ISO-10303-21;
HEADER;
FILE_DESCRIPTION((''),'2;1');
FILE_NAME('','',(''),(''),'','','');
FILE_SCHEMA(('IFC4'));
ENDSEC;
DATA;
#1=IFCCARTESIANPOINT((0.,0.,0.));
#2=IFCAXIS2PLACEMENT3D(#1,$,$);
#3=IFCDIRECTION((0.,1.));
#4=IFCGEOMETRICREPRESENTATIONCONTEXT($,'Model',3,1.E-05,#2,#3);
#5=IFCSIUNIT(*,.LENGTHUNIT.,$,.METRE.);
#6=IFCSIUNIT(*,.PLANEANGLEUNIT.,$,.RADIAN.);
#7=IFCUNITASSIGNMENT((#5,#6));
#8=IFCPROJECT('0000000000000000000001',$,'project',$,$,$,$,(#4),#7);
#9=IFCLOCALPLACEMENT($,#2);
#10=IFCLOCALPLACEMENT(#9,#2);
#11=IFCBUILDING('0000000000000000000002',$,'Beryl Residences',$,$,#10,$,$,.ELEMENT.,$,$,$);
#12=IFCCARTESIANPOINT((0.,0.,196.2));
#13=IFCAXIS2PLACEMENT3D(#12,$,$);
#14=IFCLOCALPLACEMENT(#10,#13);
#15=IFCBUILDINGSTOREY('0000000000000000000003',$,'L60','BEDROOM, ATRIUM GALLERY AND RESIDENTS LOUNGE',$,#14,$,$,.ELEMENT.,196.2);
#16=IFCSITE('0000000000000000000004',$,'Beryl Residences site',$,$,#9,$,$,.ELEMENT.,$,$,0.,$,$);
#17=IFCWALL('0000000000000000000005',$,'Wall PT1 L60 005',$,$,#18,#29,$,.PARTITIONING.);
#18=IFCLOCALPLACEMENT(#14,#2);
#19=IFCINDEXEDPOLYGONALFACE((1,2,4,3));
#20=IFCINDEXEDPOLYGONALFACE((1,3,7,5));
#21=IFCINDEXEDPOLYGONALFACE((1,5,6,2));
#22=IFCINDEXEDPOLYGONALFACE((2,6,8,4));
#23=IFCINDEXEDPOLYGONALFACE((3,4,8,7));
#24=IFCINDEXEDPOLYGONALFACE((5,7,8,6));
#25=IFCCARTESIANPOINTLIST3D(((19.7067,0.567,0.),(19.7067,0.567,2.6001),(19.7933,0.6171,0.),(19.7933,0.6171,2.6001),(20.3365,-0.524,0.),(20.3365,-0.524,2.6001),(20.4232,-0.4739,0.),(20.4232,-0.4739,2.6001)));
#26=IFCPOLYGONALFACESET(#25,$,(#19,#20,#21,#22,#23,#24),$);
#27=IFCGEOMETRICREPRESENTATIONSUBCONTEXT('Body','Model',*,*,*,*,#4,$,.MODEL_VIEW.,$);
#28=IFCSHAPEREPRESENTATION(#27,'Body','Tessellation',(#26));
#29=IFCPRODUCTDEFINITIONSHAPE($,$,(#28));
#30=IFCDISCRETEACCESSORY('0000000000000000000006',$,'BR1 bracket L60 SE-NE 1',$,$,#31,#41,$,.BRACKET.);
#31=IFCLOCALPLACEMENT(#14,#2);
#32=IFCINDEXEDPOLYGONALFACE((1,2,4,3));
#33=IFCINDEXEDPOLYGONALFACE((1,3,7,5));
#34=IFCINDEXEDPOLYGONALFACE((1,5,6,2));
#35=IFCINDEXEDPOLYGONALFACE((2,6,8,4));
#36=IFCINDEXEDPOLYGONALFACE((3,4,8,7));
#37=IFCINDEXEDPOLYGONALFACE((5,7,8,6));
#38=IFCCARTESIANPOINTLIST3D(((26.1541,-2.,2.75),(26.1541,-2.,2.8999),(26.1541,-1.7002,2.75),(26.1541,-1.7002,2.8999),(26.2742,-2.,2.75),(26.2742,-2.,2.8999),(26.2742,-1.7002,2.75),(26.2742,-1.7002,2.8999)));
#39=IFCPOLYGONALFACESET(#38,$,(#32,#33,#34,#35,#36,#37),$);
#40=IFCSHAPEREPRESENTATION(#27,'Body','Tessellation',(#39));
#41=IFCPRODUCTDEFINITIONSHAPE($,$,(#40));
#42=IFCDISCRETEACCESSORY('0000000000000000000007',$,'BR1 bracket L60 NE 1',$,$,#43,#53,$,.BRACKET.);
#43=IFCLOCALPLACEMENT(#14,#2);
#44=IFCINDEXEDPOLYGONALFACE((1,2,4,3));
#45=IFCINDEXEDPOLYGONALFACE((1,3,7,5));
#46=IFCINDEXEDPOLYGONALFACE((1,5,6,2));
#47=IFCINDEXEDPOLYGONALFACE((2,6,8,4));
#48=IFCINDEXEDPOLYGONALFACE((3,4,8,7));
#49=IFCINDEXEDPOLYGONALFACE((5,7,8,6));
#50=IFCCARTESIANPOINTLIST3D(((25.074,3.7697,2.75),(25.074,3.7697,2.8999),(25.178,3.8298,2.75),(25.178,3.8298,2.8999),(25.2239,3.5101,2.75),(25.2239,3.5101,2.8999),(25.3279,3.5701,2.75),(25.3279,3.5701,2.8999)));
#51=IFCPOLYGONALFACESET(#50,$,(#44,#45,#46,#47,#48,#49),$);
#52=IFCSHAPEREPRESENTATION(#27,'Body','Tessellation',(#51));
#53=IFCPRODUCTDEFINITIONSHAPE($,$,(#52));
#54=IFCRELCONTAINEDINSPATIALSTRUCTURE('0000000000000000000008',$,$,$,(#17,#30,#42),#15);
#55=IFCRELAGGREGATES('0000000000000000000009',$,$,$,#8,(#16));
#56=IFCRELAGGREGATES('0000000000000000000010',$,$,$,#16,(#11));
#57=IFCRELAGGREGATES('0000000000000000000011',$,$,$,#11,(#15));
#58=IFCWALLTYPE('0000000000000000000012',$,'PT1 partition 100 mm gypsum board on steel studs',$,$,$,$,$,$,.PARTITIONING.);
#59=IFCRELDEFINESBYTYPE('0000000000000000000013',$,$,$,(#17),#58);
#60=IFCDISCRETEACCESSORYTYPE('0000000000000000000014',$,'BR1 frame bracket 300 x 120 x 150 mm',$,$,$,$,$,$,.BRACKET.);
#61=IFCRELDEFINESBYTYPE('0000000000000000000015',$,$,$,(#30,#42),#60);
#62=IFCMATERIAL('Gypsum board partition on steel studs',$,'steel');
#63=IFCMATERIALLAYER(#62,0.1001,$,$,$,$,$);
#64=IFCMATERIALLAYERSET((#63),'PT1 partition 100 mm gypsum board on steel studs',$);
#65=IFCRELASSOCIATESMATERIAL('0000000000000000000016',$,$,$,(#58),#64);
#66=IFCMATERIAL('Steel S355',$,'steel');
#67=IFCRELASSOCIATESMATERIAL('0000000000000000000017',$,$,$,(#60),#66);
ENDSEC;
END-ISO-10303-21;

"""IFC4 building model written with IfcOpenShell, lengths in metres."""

from ifc_helpers import new_model, si_unit, direction, frame, frame_2d, origin, place, context, subcontext, project, spatial, polyline, rectangle, outline, extrude, source, transform, mapped, material, layer, layer_set, type_object, type_shapes, element, save


model = new_model("IFC4")

# Units and contexts
model_context = context("Model", 3, precision=1e-05, world=origin(), true_north=direction((0.0, 1.0)))
body_context = subcontext(model_context, "Body", "Model", "MODEL_VIEW")
ifc_project = project(units=[si_unit("LENGTHUNIT", "METRE"), si_unit("PLANEANGLEUNIT", "RADIAN")], contexts=[model_context])

# Site, building, storey
site_placement = place(None, origin())
site = spatial("IfcSite", under=ifc_project, at=site_placement, Name="Beryl Residences site", CompositionType="ELEMENT", RefElevation=0.0)
building_placement = place(site_placement, origin())
building = spatial("IfcBuilding", under=site, at=building_placement, Name="Beryl Residences", CompositionType="ELEMENT")
storey_placement = place(building_placement, frame((0.0, 0.0, 196.2)))
storey = spatial("IfcBuildingStorey", under=building, at=storey_placement, Name="L60", Description="BEDROOM, ATRIUM GALLERY AND RESIDENTS LOUNGE", CompositionType="ELEMENT", Elevation=196.2)

# Wall
ifc_material_1 = material(Name="Gypsum board partition on steel studs", Category="steel")
ifc_layer_1 = layer(ifc_material_1, 0.1001)
ifc_layer_set_1 = layer_set([ifc_layer_1], Name="PT1 partition 100 mm gypsum board on steel studs")
wall_type_1 = type_object("IfcWallType", Name="PT1 partition 100 mm gypsum board on steel studs", PredefinedType="PARTITIONING", material=ifc_layer_set_1)
wall_1_placement = place(storey_placement, frame((19.75, 0.592, 0.0), z_axis=(0.0, 0.0, 1.0), x_axis=(0.499974, -0.86604, 0.0)))
element("IfcWall", 1, at=wall_1_placement, inside=storey, type_object=wall_type_1, Name="Wall PT1 L60 005", PredefinedType="PARTITIONING", context=body_context, shape_type="SweptSolid", body=[
    extrude(rectangle(XDim=1.2598, YDim=0.1001, at=frame_2d((0.6299, 0.0))), origin(), (0.0, 0.0, 1.0), 2.6001),
])

# Discrete accessories
ifc_material_2 = material(Name="Steel S355", Category="steel")
discrete_accessory_type = type_object("IfcDiscreteAccessoryType", Name="BR1 frame bracket 300 x 120 x 150 mm", PredefinedType="BRACKET", material=ifc_material_2)
shared_shape_1 = source(origin(), body_context, "Body", "SweptSolid", [
    extrude(outline(polyline([(-0.1499, 0.0), (0.1499, 0.0), (0.1499, 0.1201), (-0.1499, 0.1201), (-0.1499, 0.0)])), origin(), (0.0, 0.0, 1.0), 0.1499),
])
type_shapes(discrete_accessory_type, [shared_shape_1])
for number, where, z_axis, x_axis, name in (
    (2, (26.1541, -1.8501, 2.75), (0.0, 0.0, 1.0), (0.0, -1.0, 0.0), "BR1 bracket L60 SE-NE 1"),
    (3, (25.1489, 3.6399, 2.75), (0.0, 0.0, 1.0), (0.5, -0.866025, 0.0), "BR1 bracket L60 NE 1"),
):
    element("IfcDiscreteAccessory", number, at=place(storey_placement, frame(where, z_axis=z_axis, x_axis=x_axis)), inside=storey, type_object=discrete_accessory_type, Name=name, PredefinedType="BRACKET", context=body_context, shape_type="MappedRepresentation", body=[
        mapped(shared_shape_1, transform((0.0, 0.0, 0.0))),
    ])

save(model, "model.ifc")
